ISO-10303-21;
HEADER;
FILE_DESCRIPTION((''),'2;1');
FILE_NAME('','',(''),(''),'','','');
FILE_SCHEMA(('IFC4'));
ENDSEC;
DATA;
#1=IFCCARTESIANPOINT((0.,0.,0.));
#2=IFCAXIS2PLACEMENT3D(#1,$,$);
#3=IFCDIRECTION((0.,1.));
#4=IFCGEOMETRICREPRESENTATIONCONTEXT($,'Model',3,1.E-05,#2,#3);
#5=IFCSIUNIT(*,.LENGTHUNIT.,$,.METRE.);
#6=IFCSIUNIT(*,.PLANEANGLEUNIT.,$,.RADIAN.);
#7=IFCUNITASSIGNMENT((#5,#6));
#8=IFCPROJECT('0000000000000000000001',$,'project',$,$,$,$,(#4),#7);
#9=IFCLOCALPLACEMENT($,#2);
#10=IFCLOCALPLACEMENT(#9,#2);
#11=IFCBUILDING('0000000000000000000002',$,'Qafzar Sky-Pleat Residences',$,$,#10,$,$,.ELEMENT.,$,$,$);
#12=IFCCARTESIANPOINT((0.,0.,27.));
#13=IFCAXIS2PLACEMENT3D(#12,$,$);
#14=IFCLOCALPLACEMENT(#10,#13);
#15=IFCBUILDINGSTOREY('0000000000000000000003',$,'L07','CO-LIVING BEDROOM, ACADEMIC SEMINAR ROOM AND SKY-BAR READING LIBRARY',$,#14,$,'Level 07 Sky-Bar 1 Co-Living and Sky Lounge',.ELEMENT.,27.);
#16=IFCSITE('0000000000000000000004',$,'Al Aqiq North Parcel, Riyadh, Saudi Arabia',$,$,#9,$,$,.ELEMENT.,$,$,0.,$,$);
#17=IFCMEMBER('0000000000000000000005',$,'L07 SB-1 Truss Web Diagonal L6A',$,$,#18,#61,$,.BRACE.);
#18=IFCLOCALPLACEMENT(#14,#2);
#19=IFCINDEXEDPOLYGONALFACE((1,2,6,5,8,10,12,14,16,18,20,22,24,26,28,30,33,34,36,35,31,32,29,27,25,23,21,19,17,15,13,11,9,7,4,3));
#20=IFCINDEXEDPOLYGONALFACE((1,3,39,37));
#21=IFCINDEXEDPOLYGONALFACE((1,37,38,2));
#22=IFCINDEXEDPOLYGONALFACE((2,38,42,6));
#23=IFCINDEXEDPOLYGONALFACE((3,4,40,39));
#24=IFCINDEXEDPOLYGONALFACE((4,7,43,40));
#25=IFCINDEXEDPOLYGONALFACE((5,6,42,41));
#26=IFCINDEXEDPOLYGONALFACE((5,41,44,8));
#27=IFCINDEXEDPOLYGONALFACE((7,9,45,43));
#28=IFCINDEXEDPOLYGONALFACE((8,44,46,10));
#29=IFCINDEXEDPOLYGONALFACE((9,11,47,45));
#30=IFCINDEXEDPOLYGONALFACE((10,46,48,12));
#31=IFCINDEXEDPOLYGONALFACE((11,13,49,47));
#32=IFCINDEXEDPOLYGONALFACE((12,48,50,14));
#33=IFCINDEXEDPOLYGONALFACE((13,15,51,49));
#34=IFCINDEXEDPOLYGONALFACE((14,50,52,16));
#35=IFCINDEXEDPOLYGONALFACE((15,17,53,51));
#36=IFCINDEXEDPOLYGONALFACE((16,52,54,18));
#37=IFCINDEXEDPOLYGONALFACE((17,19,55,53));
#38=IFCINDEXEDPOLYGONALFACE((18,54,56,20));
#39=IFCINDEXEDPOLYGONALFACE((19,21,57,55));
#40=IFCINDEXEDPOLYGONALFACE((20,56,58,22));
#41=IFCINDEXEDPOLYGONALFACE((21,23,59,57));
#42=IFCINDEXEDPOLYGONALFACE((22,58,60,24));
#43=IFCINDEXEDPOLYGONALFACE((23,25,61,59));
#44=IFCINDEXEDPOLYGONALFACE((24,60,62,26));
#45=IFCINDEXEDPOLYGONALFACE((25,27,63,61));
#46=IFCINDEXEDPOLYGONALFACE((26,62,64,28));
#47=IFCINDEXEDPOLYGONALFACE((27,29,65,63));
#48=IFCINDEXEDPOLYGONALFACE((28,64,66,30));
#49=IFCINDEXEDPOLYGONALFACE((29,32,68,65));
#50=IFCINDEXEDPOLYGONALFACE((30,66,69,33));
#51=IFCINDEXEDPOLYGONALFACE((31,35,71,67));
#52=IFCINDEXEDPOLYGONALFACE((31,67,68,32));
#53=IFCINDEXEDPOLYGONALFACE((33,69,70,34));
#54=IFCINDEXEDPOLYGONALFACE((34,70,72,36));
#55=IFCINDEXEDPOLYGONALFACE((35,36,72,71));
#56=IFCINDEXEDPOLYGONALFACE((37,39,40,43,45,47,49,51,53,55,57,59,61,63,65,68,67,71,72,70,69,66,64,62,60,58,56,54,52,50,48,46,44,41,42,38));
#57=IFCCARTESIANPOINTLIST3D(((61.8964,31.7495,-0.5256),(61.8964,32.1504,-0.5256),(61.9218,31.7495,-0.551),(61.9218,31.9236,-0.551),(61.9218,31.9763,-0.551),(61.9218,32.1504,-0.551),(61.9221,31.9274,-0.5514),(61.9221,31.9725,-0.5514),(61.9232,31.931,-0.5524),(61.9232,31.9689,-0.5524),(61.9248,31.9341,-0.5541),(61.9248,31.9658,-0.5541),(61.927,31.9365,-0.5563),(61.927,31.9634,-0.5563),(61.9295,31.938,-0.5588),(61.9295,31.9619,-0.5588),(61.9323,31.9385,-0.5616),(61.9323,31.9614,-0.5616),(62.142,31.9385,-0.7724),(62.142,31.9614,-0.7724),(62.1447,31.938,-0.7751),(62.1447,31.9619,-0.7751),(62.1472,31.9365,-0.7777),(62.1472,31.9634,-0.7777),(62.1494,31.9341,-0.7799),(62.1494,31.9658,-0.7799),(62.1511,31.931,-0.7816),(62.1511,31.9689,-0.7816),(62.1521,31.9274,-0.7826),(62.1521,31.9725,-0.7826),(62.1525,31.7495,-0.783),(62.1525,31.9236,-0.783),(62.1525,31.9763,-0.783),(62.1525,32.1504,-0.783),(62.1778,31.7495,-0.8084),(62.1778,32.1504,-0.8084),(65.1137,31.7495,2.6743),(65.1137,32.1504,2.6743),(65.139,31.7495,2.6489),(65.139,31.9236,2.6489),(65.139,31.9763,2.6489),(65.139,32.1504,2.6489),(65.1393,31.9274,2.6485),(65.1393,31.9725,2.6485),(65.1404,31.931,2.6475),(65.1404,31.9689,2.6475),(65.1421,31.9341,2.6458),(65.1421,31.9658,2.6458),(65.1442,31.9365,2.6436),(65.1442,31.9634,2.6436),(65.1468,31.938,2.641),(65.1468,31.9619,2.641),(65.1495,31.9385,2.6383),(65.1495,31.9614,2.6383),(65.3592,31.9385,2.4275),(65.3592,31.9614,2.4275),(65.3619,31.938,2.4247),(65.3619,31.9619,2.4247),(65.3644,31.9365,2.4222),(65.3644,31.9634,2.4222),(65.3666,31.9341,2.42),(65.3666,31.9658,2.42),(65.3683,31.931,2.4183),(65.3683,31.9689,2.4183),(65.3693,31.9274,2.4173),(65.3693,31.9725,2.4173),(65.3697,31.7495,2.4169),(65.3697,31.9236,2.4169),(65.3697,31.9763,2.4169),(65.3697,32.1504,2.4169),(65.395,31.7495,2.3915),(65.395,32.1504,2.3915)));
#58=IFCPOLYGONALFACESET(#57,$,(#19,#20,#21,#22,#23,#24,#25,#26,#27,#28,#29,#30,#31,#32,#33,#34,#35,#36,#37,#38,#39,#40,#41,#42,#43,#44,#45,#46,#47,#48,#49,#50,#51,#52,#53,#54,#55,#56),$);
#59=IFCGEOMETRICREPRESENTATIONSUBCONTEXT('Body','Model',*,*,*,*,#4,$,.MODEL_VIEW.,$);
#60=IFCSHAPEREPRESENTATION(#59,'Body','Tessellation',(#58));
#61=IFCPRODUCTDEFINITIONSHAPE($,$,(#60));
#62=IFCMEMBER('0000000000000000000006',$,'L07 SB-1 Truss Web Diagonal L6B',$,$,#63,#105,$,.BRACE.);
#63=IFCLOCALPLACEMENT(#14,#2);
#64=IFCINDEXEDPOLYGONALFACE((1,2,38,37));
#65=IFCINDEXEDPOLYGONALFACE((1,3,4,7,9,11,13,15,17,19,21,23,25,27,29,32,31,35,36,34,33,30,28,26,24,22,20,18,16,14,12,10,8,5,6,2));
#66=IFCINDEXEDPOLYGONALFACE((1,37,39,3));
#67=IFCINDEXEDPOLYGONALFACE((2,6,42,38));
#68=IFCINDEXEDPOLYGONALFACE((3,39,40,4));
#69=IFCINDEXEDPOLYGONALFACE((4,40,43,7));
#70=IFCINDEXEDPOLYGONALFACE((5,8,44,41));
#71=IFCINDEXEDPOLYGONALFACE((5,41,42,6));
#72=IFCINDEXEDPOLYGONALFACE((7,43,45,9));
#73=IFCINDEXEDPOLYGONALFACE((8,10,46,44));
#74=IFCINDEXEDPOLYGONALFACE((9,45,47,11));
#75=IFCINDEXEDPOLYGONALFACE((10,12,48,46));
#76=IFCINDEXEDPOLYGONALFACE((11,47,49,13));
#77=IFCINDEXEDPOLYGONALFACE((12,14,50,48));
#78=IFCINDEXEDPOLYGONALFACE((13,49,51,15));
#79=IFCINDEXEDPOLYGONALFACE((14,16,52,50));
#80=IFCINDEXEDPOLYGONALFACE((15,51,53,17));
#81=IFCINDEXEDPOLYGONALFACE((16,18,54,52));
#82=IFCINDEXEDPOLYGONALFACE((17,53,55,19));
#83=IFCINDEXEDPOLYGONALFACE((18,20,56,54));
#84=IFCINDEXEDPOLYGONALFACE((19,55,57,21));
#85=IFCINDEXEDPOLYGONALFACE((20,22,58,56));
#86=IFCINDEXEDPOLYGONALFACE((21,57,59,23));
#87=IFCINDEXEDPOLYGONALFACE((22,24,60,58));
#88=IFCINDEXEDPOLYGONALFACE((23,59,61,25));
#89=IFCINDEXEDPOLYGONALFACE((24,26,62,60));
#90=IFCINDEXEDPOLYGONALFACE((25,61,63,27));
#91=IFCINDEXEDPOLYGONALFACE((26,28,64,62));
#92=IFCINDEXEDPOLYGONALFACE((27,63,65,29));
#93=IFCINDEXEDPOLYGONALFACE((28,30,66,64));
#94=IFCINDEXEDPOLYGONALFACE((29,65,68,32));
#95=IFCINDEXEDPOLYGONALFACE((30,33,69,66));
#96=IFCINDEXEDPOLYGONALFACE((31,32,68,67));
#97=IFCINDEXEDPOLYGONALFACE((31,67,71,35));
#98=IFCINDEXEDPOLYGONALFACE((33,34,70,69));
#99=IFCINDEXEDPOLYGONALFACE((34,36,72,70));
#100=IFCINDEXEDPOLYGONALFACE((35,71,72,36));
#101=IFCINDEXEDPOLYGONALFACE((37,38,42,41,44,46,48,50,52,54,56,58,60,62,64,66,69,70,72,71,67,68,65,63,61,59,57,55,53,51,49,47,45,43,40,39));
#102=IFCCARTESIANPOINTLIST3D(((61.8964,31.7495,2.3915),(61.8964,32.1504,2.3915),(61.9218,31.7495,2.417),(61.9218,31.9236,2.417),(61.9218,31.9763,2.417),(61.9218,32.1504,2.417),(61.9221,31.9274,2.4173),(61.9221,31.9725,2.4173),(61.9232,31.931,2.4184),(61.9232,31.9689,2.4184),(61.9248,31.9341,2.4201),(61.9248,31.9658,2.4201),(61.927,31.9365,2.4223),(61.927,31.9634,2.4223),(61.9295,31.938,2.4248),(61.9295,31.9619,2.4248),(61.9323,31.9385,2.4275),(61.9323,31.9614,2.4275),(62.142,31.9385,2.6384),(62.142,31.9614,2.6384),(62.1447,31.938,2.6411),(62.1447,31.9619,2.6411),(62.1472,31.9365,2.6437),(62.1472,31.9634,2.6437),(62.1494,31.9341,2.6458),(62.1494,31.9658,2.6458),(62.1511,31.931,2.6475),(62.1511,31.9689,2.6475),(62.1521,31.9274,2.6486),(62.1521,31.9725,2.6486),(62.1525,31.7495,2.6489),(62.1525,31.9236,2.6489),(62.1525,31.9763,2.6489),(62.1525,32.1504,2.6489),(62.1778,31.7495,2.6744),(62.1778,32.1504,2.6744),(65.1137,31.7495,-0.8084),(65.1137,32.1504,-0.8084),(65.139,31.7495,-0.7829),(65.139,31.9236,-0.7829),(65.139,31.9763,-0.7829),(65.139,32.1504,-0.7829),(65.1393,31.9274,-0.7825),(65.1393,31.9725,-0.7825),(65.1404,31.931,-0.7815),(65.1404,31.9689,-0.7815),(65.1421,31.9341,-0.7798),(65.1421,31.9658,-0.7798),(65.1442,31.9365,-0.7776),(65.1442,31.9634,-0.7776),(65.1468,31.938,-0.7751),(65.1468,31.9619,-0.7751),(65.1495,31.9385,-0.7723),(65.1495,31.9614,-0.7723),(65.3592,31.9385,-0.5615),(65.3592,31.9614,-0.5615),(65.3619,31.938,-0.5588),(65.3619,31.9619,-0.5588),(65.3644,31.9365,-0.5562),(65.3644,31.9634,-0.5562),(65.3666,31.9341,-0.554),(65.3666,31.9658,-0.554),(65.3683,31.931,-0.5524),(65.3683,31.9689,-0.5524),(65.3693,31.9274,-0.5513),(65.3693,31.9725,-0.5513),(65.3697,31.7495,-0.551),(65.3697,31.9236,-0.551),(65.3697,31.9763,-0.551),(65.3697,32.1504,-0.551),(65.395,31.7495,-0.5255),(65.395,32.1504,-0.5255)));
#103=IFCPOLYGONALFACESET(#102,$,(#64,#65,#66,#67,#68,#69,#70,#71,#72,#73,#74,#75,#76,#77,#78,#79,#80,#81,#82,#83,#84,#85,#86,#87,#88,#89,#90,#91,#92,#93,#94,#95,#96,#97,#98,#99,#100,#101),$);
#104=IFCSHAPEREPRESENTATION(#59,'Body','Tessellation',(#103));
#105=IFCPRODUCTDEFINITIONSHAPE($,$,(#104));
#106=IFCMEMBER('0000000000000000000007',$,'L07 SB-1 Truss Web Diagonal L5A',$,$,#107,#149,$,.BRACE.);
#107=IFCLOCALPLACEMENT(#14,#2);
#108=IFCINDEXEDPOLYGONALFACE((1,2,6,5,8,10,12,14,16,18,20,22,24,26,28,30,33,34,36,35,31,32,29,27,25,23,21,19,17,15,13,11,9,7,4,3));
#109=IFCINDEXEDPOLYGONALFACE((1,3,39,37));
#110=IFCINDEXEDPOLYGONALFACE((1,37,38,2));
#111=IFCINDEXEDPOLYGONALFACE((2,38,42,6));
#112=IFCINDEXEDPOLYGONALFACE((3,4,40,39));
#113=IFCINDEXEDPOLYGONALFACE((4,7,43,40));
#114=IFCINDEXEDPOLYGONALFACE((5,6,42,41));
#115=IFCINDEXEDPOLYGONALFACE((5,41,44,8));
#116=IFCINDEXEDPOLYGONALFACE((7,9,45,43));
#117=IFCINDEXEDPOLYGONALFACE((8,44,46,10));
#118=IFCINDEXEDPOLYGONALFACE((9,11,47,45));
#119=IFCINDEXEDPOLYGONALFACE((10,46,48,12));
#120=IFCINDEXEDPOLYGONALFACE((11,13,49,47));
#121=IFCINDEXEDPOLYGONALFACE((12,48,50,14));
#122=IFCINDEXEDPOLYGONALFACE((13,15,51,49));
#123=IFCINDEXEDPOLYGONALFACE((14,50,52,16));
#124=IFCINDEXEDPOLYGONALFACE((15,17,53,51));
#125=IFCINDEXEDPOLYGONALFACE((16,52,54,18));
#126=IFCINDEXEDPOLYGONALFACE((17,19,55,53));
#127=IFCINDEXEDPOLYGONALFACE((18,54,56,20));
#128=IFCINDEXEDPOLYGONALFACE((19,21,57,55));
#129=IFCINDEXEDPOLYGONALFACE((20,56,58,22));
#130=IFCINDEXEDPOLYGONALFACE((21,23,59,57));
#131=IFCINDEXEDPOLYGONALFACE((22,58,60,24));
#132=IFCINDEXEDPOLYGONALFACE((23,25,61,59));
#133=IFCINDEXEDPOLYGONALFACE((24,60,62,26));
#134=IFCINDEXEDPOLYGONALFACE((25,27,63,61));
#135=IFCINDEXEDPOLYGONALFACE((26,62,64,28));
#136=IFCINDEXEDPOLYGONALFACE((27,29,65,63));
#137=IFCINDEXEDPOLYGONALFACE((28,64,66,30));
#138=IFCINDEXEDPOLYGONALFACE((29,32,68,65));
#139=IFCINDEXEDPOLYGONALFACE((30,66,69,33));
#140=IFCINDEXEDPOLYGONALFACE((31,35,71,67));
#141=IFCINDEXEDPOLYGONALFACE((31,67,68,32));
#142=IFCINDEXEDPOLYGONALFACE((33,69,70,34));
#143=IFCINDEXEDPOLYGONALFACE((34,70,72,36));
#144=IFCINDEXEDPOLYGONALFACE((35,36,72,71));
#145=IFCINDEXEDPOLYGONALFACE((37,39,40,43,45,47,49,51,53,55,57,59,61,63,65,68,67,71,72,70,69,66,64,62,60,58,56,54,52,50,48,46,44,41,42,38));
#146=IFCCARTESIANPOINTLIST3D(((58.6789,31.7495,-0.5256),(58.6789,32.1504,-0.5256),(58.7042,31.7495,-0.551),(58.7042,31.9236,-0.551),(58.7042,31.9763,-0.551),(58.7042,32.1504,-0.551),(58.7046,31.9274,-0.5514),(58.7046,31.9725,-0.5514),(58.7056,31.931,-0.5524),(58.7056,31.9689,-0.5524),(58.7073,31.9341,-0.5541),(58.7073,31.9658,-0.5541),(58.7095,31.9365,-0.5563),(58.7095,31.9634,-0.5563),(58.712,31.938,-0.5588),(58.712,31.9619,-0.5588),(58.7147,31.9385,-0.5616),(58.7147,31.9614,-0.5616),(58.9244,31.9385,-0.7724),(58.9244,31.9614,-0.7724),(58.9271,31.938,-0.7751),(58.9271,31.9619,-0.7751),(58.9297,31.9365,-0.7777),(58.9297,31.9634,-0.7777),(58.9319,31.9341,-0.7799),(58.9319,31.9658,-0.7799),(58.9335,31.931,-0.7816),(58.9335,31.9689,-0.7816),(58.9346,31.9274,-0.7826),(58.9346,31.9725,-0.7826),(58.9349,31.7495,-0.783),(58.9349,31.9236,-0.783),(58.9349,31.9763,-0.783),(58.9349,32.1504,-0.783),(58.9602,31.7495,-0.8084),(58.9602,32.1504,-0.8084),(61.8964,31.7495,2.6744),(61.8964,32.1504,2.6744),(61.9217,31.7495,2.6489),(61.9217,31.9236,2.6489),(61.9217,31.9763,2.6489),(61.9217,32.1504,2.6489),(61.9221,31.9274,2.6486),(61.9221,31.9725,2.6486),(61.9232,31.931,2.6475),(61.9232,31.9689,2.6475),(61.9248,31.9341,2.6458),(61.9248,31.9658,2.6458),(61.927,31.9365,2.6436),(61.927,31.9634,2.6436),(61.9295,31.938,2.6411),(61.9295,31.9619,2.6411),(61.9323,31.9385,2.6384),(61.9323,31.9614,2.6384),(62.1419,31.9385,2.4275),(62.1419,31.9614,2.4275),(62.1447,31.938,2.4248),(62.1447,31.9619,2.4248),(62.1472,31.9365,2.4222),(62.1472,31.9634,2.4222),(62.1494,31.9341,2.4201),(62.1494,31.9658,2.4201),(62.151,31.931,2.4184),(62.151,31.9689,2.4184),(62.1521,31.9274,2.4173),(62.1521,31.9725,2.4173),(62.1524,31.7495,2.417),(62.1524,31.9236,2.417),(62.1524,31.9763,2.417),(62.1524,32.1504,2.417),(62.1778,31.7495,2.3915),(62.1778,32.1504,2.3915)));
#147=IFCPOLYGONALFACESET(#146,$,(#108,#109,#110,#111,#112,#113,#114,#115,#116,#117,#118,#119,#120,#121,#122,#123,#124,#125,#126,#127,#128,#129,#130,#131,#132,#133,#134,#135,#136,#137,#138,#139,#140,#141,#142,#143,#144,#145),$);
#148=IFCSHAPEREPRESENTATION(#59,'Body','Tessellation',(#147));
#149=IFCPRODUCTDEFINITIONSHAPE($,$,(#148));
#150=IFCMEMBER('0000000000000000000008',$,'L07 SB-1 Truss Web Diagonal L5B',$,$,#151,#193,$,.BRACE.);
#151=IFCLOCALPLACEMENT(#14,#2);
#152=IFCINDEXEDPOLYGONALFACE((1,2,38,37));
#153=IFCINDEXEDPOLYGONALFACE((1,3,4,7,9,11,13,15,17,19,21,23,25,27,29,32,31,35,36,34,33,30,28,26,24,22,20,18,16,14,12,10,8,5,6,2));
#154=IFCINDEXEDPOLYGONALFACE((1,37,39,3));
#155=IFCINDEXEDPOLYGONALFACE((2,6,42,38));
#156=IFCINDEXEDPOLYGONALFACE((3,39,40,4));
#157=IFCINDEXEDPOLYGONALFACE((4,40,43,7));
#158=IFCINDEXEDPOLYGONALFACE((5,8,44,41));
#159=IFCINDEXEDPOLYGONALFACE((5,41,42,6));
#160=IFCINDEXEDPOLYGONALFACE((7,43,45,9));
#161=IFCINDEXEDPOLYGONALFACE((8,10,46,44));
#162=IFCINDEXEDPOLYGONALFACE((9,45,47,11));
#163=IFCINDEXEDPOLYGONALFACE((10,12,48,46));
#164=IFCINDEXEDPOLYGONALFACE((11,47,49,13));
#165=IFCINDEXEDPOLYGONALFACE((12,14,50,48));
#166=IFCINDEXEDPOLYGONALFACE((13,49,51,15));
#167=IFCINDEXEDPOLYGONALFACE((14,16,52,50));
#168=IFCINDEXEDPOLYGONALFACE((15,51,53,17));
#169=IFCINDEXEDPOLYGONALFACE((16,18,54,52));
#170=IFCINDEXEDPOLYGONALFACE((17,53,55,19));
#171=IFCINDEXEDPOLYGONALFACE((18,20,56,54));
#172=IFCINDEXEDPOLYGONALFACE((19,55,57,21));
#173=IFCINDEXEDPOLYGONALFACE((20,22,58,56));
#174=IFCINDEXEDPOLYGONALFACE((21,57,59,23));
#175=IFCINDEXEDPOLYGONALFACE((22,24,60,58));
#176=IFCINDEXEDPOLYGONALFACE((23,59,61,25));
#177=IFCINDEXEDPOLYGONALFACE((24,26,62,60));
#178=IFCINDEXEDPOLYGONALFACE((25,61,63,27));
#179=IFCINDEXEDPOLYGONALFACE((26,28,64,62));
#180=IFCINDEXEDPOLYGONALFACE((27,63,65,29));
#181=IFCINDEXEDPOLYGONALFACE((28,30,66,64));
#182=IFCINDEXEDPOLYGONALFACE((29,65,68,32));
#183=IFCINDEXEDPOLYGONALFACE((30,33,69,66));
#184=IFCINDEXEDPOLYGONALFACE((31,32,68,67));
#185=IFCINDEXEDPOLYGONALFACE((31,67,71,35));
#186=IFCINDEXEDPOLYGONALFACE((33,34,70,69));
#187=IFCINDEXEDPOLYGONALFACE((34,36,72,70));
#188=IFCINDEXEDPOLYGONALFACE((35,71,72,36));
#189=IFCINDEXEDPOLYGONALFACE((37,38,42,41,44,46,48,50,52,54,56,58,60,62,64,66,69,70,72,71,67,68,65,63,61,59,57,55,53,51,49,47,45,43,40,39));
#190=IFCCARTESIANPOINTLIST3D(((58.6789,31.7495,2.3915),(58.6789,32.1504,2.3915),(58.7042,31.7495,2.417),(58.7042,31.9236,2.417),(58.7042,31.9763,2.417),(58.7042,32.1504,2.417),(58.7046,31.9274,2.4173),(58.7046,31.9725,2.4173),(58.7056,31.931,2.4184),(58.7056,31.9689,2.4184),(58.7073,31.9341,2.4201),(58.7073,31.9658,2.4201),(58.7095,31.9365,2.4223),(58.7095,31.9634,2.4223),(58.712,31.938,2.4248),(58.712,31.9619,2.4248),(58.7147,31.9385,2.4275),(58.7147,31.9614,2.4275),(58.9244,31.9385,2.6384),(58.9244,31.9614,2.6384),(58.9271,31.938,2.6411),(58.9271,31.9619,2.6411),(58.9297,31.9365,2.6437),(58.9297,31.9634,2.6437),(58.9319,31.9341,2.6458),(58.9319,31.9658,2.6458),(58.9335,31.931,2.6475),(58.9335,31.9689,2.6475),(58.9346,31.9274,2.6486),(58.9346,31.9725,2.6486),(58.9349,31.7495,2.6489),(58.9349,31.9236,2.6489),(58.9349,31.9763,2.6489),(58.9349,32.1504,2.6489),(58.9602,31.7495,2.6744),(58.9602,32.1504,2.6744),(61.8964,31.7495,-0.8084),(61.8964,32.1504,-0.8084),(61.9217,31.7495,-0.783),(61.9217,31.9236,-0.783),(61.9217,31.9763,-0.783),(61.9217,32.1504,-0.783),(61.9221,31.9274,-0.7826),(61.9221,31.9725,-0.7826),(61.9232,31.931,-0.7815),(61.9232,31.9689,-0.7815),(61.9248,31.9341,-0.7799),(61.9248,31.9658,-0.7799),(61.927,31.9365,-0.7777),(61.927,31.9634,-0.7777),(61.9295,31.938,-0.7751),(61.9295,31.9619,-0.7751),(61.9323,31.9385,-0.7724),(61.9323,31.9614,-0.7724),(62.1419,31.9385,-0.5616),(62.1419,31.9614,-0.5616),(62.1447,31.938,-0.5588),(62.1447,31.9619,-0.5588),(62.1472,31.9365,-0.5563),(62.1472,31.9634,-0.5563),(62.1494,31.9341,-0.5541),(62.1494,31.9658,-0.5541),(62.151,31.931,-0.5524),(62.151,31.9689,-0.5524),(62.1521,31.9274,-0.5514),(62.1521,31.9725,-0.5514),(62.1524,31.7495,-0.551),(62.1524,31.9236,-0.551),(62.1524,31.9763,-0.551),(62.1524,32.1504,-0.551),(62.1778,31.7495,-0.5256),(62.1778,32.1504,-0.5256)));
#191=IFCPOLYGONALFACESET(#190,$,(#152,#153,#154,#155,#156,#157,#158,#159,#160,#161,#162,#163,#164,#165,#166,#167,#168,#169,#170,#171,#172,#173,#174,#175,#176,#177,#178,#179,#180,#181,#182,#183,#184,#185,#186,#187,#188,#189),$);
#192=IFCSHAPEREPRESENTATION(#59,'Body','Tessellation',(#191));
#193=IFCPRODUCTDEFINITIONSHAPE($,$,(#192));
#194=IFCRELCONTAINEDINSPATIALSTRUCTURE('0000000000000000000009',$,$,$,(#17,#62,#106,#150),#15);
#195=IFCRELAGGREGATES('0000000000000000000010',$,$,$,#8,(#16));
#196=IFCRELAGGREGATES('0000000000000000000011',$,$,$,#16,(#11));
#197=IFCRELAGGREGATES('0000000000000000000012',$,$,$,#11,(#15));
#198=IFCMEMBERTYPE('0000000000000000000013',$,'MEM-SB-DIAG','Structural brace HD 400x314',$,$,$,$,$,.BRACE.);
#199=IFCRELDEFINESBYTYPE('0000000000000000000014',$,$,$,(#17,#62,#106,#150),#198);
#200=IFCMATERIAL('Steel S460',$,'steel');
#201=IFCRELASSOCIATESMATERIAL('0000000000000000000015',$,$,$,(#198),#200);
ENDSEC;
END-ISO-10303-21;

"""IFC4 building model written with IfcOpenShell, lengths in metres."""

from ifc_helpers import new_model, si_unit, direction, frame, origin, origin_2d, place, context, subcontext, project, spatial, i_section, extrude, source, transform, mapped, material, material_profile, profile_set, type_object, element, save


model = new_model("IFC4")

# Units and contexts
model_context = context("Model", 3, precision=1e-05, world=origin(), true_north=direction((0.0, 1.0)))
body_context = subcontext(model_context, "Body", "Model", "MODEL_VIEW")
ifc_project = project(units=[si_unit("LENGTHUNIT", "METRE"), si_unit("PLANEANGLEUNIT", "RADIAN")], contexts=[model_context])

# Site, building, storey
site_placement = place(None, origin())
site = spatial("IfcSite", under=ifc_project, at=site_placement, Name="Al Aqiq North Parcel, Riyadh, Saudi Arabia", CompositionType="ELEMENT", RefElevation=0.0)
building_placement = place(site_placement, origin())
building = spatial("IfcBuilding", under=site, at=building_placement, Name="Qafzar Sky-Pleat Residences", CompositionType="ELEMENT")
storey_placement = place(building_placement, frame((0.0, 0.0, 27.0)))
storey = spatial("IfcBuildingStorey", under=building, at=storey_placement, Name="L07", Description="CO-LIVING BEDROOM, ACADEMIC SEMINAR ROOM AND SKY-BAR READING LIBRARY", LongName="Level 07 Sky-Bar 1 Co-Living and Sky Lounge", CompositionType="ELEMENT", Elevation=27.0)

# Shared definitions
ifc_material_1 = material(Name="Steel S460", Category="steel")

# Members
ifc_material_profile_1 = material_profile(ifc_material_1, i_section(OverallWidth=0.4009, OverallDepth=0.3989, WebThickness=0.0229, FlangeThickness=0.0359, FilletRadius=0.0149, at=origin_2d()), Name="HD 400x314")
ifc_profile_set_1 = profile_set([ifc_material_profile_1], Name="Steel S460")
member_type_1 = type_object("IfcMemberType", Name="MEM-SB-DIAG", Description="Structural brace HD 400x314", PredefinedType="BRACE", material=ifc_profile_set_1)
shared_shape_1 = source(origin(), body_context, "Body", "SweptSolid", [
    extrude(i_section(OverallWidth=0.4009, OverallDepth=0.3989, WebThickness=0.0229, FlangeThickness=0.0359, FilletRadius=0.0149, at=origin_2d()), origin(), (0.0, 0.0, 1.0), 4.5376),
])
for number, where, z_axis, x_axis, name in (
    (1, (62.0371, 31.95, -0.667), (0.709014, 0.0, 0.705194), (0.0, 1.0, 0.0), "L07 SB-1 Truss Web Diagonal L6A"),
    (2, (62.0371, 31.95, 2.533), (0.709014, 0.0, -0.705194), (0.0, 1.0, 0.0), "L07 SB-1 Truss Web Diagonal L6B"),
):
    element("IfcMember", number, at=place(storey_placement, frame(where, z_axis=z_axis, x_axis=x_axis)), inside=storey, type_object=member_type_1, Name=name, PredefinedType="BRACE", context=body_context, shape_type="MappedRepresentation", body=[
        mapped(shared_shape_1, transform((0.0, 0.0, 0.0), x_axis=(1.0, 0.0, 0.0), y_axis=(0.0, 1.0, 0.0), z_axis=(0.0, 0.0, 1.0), scale=1.0)),
    ])
shared_shape_2 = source(origin(), body_context, "Body", "SweptSolid", [
    extrude(i_section(OverallWidth=0.4009, OverallDepth=0.3989, WebThickness=0.0229, FlangeThickness=0.0359, FilletRadius=0.0149, at=origin_2d()), origin(), (0.0, 0.0, 1.0), 4.5378),
])
for number, where, z_axis, x_axis, name in (
    (3, (58.8196, 31.95, -0.667), (0.709041, 0.0, 0.705167), (0.0, 1.0, 0.0), "L07 SB-1 Truss Web Diagonal L5A"),
    (4, (58.8196, 31.95, 2.533), (0.709041, 0.0, -0.705167), (0.0, 1.0, 0.0), "L07 SB-1 Truss Web Diagonal L5B"),
):
    element("IfcMember", number, at=place(storey_placement, frame(where, z_axis=z_axis, x_axis=x_axis)), inside=storey, type_object=member_type_1, Name=name, PredefinedType="BRACE", context=body_context, shape_type="MappedRepresentation", body=[
        mapped(shared_shape_2, transform((0.0, 0.0, 0.0), x_axis=(1.0, 0.0, 0.0), y_axis=(0.0, 1.0, 0.0), z_axis=(0.0, 0.0, 1.0), scale=1.0)),
    ])

save(model, "model.ifc")
